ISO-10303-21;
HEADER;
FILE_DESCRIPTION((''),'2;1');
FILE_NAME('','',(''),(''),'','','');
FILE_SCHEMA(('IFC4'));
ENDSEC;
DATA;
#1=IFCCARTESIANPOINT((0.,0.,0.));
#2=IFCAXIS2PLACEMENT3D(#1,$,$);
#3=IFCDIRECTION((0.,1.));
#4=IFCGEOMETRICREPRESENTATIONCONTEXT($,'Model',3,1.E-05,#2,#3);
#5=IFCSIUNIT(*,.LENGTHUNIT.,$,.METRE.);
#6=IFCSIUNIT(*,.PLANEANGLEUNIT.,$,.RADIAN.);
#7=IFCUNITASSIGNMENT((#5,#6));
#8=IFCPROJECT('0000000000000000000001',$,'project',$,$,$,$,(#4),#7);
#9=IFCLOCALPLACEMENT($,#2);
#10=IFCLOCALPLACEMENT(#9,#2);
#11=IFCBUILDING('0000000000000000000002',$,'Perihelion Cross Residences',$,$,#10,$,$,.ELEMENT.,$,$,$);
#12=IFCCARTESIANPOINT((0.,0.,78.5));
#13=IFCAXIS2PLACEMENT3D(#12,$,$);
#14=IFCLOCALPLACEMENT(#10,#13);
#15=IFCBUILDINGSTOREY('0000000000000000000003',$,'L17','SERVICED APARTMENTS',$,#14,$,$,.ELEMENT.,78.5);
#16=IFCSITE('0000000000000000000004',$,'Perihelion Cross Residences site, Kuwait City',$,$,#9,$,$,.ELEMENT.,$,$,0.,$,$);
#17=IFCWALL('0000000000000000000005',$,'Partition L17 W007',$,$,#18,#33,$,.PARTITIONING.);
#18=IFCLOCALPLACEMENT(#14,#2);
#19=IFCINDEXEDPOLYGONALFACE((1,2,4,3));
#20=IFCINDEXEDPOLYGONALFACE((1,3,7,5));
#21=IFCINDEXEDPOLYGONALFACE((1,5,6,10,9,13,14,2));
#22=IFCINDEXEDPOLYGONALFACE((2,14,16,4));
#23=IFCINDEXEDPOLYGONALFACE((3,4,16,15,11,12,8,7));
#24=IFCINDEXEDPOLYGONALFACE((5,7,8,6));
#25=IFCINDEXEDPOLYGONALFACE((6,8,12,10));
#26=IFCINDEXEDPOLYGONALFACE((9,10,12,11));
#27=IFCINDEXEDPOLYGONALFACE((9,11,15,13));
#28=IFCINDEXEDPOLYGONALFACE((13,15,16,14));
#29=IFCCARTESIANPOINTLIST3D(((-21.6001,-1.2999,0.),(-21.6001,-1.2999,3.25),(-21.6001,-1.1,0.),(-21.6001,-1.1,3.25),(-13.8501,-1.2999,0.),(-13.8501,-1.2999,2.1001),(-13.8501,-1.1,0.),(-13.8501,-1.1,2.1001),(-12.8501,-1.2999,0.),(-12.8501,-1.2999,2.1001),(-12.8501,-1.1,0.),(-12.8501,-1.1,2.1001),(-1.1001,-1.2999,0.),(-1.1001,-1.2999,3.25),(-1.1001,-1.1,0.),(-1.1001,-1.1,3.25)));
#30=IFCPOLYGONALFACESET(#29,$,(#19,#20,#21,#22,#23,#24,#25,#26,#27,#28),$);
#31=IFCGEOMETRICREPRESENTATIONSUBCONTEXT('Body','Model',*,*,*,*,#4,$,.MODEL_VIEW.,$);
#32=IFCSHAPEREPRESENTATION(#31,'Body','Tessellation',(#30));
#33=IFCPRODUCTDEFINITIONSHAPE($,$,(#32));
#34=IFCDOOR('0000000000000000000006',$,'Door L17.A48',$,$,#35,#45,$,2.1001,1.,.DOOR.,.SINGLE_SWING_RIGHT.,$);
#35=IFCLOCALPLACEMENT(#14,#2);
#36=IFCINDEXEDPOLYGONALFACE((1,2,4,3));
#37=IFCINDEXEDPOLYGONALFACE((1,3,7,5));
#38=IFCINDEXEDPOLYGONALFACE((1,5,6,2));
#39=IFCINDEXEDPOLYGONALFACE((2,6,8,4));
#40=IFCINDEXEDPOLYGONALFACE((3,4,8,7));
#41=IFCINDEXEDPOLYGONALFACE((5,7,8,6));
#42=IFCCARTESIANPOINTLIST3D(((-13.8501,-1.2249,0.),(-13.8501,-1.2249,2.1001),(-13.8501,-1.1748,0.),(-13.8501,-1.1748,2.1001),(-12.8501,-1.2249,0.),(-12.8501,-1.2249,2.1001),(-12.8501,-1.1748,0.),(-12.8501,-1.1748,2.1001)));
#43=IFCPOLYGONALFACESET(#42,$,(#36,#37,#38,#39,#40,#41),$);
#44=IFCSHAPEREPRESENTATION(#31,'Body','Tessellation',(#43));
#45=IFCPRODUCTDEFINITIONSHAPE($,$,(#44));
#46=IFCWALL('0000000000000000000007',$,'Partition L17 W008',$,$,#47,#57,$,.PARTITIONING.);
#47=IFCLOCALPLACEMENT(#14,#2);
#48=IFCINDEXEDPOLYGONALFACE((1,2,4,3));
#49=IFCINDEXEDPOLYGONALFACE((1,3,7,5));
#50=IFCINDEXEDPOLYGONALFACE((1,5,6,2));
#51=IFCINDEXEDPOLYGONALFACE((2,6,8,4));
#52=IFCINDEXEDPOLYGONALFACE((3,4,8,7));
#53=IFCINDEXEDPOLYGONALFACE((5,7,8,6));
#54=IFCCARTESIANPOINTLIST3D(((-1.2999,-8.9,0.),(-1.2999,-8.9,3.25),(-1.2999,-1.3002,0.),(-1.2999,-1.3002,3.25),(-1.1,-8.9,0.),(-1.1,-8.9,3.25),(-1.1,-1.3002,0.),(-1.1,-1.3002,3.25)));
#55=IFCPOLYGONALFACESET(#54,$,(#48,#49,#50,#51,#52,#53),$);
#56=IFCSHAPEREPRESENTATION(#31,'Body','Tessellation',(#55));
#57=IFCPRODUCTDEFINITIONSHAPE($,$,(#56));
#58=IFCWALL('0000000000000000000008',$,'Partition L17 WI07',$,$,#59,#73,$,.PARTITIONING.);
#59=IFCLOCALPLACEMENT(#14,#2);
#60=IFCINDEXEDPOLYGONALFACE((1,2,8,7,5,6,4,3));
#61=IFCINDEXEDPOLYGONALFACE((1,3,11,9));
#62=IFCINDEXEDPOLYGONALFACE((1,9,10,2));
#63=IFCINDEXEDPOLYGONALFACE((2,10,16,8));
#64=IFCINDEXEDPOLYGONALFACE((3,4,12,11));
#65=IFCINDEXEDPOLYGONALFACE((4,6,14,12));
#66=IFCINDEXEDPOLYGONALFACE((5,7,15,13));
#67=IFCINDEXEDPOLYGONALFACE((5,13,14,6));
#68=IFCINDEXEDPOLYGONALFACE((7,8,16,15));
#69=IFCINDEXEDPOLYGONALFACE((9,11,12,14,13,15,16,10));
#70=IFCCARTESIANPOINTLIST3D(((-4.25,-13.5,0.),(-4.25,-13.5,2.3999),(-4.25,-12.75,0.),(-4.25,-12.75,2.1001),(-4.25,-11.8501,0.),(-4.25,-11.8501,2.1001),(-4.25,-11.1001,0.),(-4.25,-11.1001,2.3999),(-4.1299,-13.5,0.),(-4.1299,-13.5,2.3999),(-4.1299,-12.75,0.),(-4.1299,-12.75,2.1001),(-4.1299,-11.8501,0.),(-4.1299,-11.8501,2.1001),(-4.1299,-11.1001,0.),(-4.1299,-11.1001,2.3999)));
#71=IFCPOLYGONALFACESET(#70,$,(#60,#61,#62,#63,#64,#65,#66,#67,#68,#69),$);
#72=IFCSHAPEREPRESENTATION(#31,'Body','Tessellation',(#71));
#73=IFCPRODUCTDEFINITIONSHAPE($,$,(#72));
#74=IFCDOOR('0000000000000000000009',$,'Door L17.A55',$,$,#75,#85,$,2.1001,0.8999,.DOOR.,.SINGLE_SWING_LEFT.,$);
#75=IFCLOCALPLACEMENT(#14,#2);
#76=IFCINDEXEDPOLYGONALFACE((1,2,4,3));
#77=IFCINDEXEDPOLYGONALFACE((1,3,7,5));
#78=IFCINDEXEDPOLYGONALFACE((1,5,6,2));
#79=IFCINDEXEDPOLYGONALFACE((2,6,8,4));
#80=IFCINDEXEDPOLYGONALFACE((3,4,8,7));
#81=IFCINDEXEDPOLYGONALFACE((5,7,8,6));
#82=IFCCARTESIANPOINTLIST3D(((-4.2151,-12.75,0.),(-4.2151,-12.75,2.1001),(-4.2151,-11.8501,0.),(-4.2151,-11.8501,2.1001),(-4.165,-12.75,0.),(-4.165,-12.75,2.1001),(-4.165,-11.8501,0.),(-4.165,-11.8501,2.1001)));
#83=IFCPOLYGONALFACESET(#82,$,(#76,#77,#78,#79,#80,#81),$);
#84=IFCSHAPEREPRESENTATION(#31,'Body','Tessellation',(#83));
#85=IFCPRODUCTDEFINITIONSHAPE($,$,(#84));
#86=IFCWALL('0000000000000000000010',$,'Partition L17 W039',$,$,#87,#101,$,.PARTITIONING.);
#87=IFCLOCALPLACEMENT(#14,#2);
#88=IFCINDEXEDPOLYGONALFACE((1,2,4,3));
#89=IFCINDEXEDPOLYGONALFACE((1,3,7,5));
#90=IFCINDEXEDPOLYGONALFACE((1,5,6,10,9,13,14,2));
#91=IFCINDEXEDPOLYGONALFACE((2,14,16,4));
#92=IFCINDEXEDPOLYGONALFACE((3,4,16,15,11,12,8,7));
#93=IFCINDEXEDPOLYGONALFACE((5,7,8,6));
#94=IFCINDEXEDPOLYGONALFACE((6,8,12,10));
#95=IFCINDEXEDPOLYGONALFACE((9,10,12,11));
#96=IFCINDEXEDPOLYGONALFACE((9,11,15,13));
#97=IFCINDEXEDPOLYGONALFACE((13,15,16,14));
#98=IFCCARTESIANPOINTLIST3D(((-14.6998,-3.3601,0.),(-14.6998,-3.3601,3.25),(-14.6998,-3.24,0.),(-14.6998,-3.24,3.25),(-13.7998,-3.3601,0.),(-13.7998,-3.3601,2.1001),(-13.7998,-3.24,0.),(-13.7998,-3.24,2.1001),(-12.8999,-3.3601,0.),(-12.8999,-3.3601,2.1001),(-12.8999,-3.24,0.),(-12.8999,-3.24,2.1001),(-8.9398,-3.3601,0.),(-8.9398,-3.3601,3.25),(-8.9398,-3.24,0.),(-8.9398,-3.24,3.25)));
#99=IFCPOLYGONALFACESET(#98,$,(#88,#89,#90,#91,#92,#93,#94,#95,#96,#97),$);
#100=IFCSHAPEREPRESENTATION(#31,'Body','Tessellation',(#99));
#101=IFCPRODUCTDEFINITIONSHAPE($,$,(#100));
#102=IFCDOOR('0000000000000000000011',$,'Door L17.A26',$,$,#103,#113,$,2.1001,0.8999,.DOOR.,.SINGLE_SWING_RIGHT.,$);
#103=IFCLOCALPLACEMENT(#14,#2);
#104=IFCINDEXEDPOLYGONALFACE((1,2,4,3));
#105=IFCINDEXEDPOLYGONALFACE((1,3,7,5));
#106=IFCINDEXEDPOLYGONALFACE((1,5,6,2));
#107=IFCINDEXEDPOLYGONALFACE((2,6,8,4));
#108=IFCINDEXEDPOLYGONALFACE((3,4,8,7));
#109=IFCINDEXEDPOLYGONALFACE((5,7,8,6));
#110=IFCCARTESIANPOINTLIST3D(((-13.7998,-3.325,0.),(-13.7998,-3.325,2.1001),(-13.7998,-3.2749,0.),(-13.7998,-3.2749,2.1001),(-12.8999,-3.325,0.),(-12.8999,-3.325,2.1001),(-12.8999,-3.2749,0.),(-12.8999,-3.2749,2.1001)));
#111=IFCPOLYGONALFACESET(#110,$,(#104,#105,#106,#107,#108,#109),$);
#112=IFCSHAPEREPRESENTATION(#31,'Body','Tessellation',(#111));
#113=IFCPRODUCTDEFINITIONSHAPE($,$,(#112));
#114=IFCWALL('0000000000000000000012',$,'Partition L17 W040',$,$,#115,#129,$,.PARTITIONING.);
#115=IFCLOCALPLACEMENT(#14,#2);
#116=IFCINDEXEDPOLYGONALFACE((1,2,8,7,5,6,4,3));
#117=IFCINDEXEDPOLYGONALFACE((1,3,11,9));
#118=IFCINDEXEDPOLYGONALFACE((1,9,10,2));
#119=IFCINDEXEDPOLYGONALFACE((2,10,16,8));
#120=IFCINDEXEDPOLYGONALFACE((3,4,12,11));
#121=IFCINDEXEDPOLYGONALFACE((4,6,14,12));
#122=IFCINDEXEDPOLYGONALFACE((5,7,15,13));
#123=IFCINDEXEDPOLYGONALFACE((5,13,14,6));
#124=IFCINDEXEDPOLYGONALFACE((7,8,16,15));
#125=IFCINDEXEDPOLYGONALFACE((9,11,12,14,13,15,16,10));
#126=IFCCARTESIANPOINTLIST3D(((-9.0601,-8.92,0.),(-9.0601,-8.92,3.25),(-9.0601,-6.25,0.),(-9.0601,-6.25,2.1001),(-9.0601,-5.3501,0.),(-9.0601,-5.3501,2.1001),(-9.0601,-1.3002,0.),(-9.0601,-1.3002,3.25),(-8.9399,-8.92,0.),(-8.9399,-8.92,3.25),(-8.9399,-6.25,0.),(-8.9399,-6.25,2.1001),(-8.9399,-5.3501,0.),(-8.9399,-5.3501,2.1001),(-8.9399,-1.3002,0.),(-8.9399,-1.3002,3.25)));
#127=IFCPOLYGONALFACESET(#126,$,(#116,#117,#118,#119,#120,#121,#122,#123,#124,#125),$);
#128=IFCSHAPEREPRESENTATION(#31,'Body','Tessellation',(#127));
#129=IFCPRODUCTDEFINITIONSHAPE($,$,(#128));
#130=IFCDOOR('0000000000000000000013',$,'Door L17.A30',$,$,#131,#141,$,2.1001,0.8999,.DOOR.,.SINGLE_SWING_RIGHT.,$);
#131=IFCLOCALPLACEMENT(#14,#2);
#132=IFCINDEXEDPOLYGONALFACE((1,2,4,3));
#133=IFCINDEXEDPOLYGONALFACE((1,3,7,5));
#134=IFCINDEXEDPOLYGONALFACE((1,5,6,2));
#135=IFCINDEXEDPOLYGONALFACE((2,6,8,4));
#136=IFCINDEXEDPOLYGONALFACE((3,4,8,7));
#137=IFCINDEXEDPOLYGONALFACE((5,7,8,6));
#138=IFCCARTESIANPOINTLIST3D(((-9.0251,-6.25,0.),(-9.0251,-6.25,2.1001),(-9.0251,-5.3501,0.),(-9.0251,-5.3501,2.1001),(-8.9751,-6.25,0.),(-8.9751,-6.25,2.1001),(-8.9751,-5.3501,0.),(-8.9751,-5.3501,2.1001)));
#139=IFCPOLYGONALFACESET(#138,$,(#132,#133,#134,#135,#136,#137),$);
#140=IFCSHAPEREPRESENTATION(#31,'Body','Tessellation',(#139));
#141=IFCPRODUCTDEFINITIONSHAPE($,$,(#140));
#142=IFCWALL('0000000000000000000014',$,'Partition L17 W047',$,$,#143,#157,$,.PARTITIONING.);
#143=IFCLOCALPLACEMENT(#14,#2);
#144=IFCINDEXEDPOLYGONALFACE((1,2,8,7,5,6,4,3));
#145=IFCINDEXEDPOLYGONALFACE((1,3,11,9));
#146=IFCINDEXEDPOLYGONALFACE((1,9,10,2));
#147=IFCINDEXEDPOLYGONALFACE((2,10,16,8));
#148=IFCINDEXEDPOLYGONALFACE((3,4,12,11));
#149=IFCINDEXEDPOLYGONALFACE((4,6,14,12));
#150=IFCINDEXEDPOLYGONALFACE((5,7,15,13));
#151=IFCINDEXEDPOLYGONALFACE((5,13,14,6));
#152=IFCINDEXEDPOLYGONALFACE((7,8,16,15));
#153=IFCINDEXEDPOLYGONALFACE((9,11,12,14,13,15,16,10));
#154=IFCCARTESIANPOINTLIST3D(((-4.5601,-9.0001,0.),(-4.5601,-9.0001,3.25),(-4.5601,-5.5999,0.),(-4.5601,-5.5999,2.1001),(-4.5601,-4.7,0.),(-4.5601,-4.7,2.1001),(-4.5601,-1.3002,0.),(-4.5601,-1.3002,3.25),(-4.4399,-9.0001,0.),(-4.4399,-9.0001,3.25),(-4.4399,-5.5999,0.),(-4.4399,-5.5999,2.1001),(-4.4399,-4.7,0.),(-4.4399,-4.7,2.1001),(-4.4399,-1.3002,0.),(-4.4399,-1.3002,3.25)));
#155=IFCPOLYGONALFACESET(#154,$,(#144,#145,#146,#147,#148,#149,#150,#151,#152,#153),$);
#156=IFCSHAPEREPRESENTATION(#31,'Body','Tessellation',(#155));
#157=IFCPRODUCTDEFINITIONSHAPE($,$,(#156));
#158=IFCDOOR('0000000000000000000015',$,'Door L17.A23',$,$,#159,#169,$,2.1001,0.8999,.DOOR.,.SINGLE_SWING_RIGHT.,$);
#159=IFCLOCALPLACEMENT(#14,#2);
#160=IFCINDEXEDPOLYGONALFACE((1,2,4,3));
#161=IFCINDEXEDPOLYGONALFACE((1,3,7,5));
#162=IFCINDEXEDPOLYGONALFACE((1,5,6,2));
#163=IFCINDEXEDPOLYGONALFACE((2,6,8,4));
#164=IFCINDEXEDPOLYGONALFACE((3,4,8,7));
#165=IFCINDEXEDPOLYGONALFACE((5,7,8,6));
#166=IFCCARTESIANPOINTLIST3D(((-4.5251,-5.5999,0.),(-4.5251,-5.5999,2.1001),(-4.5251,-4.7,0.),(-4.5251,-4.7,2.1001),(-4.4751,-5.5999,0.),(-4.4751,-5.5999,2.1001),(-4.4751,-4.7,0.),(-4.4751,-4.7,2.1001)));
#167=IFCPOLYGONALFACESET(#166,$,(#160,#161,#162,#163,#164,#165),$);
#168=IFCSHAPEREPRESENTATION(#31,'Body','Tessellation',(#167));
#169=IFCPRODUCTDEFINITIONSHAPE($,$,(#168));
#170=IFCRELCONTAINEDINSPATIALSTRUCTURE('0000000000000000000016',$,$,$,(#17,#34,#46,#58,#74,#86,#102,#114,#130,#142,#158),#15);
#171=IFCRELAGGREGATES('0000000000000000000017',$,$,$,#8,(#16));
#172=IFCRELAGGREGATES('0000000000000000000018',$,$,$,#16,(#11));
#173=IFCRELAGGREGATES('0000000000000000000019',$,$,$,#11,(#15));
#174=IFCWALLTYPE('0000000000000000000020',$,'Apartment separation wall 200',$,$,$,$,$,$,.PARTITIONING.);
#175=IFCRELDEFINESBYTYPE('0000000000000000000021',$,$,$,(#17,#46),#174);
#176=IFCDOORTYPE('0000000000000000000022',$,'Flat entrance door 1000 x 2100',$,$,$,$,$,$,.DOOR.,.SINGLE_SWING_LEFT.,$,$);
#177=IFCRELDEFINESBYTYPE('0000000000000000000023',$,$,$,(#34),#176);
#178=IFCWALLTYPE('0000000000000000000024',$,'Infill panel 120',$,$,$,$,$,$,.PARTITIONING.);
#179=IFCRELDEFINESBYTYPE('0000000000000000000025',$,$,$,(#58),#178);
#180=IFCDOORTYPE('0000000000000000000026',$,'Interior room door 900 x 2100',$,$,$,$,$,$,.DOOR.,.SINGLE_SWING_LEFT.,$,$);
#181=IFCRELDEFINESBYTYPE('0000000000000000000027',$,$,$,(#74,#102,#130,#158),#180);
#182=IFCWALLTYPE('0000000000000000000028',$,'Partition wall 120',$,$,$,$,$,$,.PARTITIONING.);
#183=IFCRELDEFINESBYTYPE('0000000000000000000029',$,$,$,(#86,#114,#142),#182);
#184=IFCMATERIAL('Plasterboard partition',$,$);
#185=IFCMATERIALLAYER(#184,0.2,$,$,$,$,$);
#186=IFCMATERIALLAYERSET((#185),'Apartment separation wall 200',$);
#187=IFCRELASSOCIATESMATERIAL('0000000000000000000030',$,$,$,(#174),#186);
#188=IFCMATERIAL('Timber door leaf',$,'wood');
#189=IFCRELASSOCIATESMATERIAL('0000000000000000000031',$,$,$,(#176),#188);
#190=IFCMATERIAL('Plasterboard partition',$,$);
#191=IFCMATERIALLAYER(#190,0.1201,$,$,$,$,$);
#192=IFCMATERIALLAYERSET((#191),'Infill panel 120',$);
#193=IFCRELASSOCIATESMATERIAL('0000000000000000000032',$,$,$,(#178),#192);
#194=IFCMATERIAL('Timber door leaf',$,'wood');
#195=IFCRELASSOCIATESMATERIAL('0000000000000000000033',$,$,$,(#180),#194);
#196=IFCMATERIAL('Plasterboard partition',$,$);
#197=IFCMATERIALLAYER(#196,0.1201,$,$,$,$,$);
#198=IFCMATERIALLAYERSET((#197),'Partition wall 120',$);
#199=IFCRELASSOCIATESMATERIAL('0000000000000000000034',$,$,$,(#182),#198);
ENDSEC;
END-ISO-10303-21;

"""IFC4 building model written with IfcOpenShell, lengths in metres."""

from ifc_helpers import new_model, si_unit, direction, frame, frame_2d, origin, place, context, subcontext, project, spatial, rectangle, extrude, material, layer, layer_set, type_object, element, fill, save


model = new_model("IFC4")

# Units and contexts
model_context = context("Model", 3, precision=1e-05, world=origin(), true_north=direction((0.0, 1.0)))
body_context = subcontext(model_context, "Body", "Model", "MODEL_VIEW")
ifc_project = project(units=[si_unit("LENGTHUNIT", "METRE"), si_unit("PLANEANGLEUNIT", "RADIAN")], contexts=[model_context])

# Site, building, storey
site_placement = place(None, origin())
site = spatial("IfcSite", under=ifc_project, at=site_placement, Name="Perihelion Cross Residences site, Kuwait City", CompositionType="ELEMENT", RefElevation=0.0)
building_placement = place(site_placement, origin())
building = spatial("IfcBuilding", under=site, at=building_placement, Name="Perihelion Cross Residences", CompositionType="ELEMENT")
storey_placement = place(building_placement, frame((0.0, 0.0, 78.5)))
storey = spatial("IfcBuildingStorey", under=building, at=storey_placement, Name="L17", Description="SERVICED APARTMENTS", CompositionType="ELEMENT", Elevation=78.5)

# Wall, opening, door
ifc_material_1 = material(Name="Plasterboard partition")
ifc_layer_1 = layer(ifc_material_1, 0.2)
ifc_layer_set_1 = layer_set([ifc_layer_1], Name="Apartment separation wall 200")
wall_type_1 = type_object("IfcWallType", Name="Apartment separation wall 200", PredefinedType="PARTITIONING", material=ifc_layer_set_1)
wall_1_placement = place(storey_placement, frame((-1.1001, -1.2, 0.0), z_axis=(0.0, 0.0, 1.0), x_axis=(-1.0, 0.0, 0.0)))
wall_1 = element("IfcWall", 1, at=wall_1_placement, inside=storey, type_object=wall_type_1, Name="Partition L17 W007", PredefinedType="PARTITIONING", context=body_context, shape_type="SweptSolid", body=[
    extrude(rectangle(XDim=20.5, YDim=0.2, at=frame_2d((10.25, 0.0))), origin(), (0.0, 0.0, 1.0), 3.25),
])
opening_1_placement = place(wall_1_placement, frame((11.75, 0.0, 0.0)))
opening_1 = element("IfcOpeningElement", 2, at=opening_1_placement, cuts=wall_1, PredefinedType="OPENING", context=body_context, shape_type="SweptSolid", body=[
    extrude(rectangle(XDim=1.0, YDim=2.1001, at=frame_2d((0.5, 1.05))), frame((0.0, 0.1099, 0.0), z_axis=(0.0, -1.0, 0.0), x_axis=(1.0, 0.0, 0.0)), (0.0, 0.0, 1.0), 0.22),
])
ifc_material_2 = material(Name="Timber door leaf", Category="wood")
door_type_1 = type_object("IfcDoorType", Name="Flat entrance door 1000 x 2100", OperationType="SINGLE_SWING_LEFT", PredefinedType="DOOR", material=ifc_material_2)
door_1_placement = place(opening_1_placement, origin())
door_1 = element("IfcDoor", 3, at=door_1_placement, inside=storey, type_object=door_type_1, Name="Door L17.A48", OperationType="SINGLE_SWING_RIGHT", OverallHeight=2.1001, OverallWidth=1.0, PredefinedType="DOOR", context=body_context, shape_type="SweptSolid", body=[
    extrude(rectangle(XDim=1.0, YDim=2.1001, at=frame_2d((0.5, 1.05))), frame((0.0, 0.0249, 0.0), z_axis=(0.0, -1.0, 0.0), x_axis=(1.0, 0.0, 0.0)), (0.0, 0.0, 1.0), 0.05),
])
fill(opening_1, door_1)

# Wall
wall_2_placement = place(storey_placement, frame((-1.2, -8.8999, 0.0), z_axis=(0.0, 0.0, 1.0), x_axis=(0.0, 1.0, 0.0)))
element("IfcWall", 4, at=wall_2_placement, inside=storey, type_object=wall_type_1, Name="Partition L17 W008", PredefinedType="PARTITIONING", context=body_context, shape_type="SweptSolid", body=[
    extrude(rectangle(XDim=7.5999, YDim=0.2, at=frame_2d((3.7998, 0.0))), origin(), (0.0, 0.0, 1.0), 3.25),
])

# Walls, openings, doors
ifc_material_3 = material(Name="Plasterboard partition")
ifc_layer_2 = layer(ifc_material_3, 0.1201)
ifc_layer_set_2 = layer_set([ifc_layer_2], Name="Infill panel 120")
wall_type_2 = type_object("IfcWallType", Name="Infill panel 120", PredefinedType="PARTITIONING", material=ifc_layer_set_2)
wall_3_placement = place(storey_placement, frame((-4.1899, -11.1001, 0.0), z_axis=(0.0, 0.0, 1.0), x_axis=(0.0, -1.0, 0.0)))
wall_3 = element("IfcWall", 5, at=wall_3_placement, inside=storey, type_object=wall_type_2, Name="Partition L17 WI07", PredefinedType="PARTITIONING", context=body_context, shape_type="SweptSolid", body=[
    extrude(rectangle(XDim=2.3999, YDim=0.1201, at=frame_2d((1.2, 0.0))), origin(), (0.0, 0.0, 1.0), 2.3999),
])
opening_2_placement = place(wall_3_placement, frame((0.75, 0.0, 0.0)))
opening_2 = element("IfcOpeningElement", 6, at=opening_2_placement, cuts=wall_3, PredefinedType="OPENING", context=body_context, shape_type="SweptSolid", body=[
    extrude(rectangle(XDim=0.8999, YDim=2.1001, at=frame_2d((0.45, 1.05))), frame((0.0, 0.0701, 0.0), z_axis=(0.0, -1.0, 0.0), x_axis=(1.0, 0.0, 0.0)), (0.0, 0.0, 1.0), 0.1401),
])
ifc_material_4 = material(Name="Timber door leaf", Category="wood")
door_type_2 = type_object("IfcDoorType", Name="Interior room door 900 x 2100", OperationType="SINGLE_SWING_LEFT", PredefinedType="DOOR", material=ifc_material_4)
door_2_placement = place(opening_2_placement, origin())
door_2 = element("IfcDoor", 7, at=door_2_placement, inside=storey, type_object=door_type_2, Name="Door L17.A55", OperationType="SINGLE_SWING_LEFT", OverallHeight=2.1001, OverallWidth=0.8999, PredefinedType="DOOR", context=body_context, shape_type="SweptSolid", body=[
    extrude(rectangle(XDim=0.8999, YDim=2.1001, at=frame_2d((0.45, 1.05))), frame((0.0, 0.0249, 0.0), z_axis=(0.0, -1.0, 0.0), x_axis=(1.0, 0.0, 0.0)), (0.0, 0.0, 1.0), 0.05),
])
fill(opening_2, door_2)
ifc_material_5 = material(Name="Plasterboard partition")
ifc_layer_3 = layer(ifc_material_5, 0.1201)
ifc_layer_set_3 = layer_set([ifc_layer_3], Name="Partition wall 120")
wall_type_3 = type_object("IfcWallType", Name="Partition wall 120", PredefinedType="PARTITIONING", material=ifc_layer_set_3)
wall_4_placement = place(storey_placement, frame((-8.9399, -3.3, 0.0), z_axis=(0.0, 0.0, 1.0), x_axis=(-1.0, 0.0, 0.0)))
wall_4 = element("IfcWall", 8, at=wall_4_placement, inside=storey, type_object=wall_type_3, Name="Partition L17 W039", PredefinedType="PARTITIONING", context=body_context, shape_type="SweptSolid", body=[
    extrude(rectangle(XDim=5.76, YDim=0.1201, at=frame_2d((2.8799, 0.0))), origin(), (0.0, 0.0, 1.0), 3.25),
])
opening_3_placement = place(wall_4_placement, frame((3.96, 0.0, 0.0)))
opening_3 = element("IfcOpeningElement", 9, at=opening_3_placement, cuts=wall_4, PredefinedType="OPENING", context=body_context, shape_type="SweptSolid", body=[
    extrude(rectangle(XDim=0.8999, YDim=2.1001, at=frame_2d((0.45, 1.05))), frame((0.0, 0.0701, 0.0), z_axis=(0.0, -1.0, 0.0), x_axis=(1.0, 0.0, 0.0)), (0.0, 0.0, 1.0), 0.1401),
])
door_3_placement = place(opening_3_placement, origin())
door_3 = element("IfcDoor", 10, at=door_3_placement, inside=storey, type_object=door_type_2, Name="Door L17.A26", OperationType="SINGLE_SWING_RIGHT", OverallHeight=2.1001, OverallWidth=0.8999, PredefinedType="DOOR", context=body_context, shape_type="SweptSolid", body=[
    extrude(rectangle(XDim=0.8999, YDim=2.1001, at=frame_2d((0.45, 1.05))), frame((0.0, 0.0249, 0.0), z_axis=(0.0, -1.0, 0.0), x_axis=(1.0, 0.0, 0.0)), (0.0, 0.0, 1.0), 0.05),
])
fill(opening_3, door_3)
wall_5_placement = place(storey_placement, frame((-9.0, -1.3, 0.0), z_axis=(0.0, 0.0, 1.0), x_axis=(0.0, -1.0, 0.0)))
wall_5 = element("IfcWall", 11, at=wall_5_placement, inside=storey, type_object=wall_type_3, Name="Partition L17 W040", PredefinedType="PARTITIONING", context=body_context, shape_type="SweptSolid", body=[
    extrude(rectangle(XDim=7.6199, YDim=0.1201, at=frame_2d((3.8101, 0.0))), origin(), (0.0, 0.0, 1.0), 3.25),
])
opening_4_placement = place(wall_5_placement, frame((4.05, 0.0, 0.0)))
opening_4 = element("IfcOpeningElement", 12, at=opening_4_placement, cuts=wall_5, PredefinedType="OPENING", context=body_context, shape_type="SweptSolid", body=[
    extrude(rectangle(XDim=0.8999, YDim=2.1001, at=frame_2d((0.45, 1.05))), frame((0.0, 0.0701, 0.0), z_axis=(0.0, -1.0, 0.0), x_axis=(1.0, 0.0, 0.0)), (0.0, 0.0, 1.0), 0.1401),
])
door_4_placement = place(opening_4_placement, origin())
door_4 = element("IfcDoor", 13, at=door_4_placement, inside=storey, type_object=door_type_2, Name="Door L17.A30", OperationType="SINGLE_SWING_RIGHT", OverallHeight=2.1001, OverallWidth=0.8999, PredefinedType="DOOR", context=body_context, shape_type="SweptSolid", body=[
    extrude(rectangle(XDim=0.8999, YDim=2.1001, at=frame_2d((0.45, 1.05))), frame((0.0, 0.0249, 0.0), z_axis=(0.0, -1.0, 0.0), x_axis=(1.0, 0.0, 0.0)), (0.0, 0.0, 1.0), 0.05),
])
fill(opening_4, door_4)
wall_6_placement = place(storey_placement, frame((-4.5, -1.3, 0.0), z_axis=(0.0, 0.0, 1.0), x_axis=(0.0, -1.0, 0.0)))
wall_6 = element("IfcWall", 14, at=wall_6_placement, inside=storey, type_object=wall_type_3, Name="Partition L17 W047", PredefinedType="PARTITIONING", context=body_context, shape_type="SweptSolid", body=[
    extrude(rectangle(XDim=7.7, YDim=0.1201, at=frame_2d((3.8501, 0.0))), origin(), (0.0, 0.0, 1.0), 3.25),
])
opening_5_placement = place(wall_6_placement, frame((3.3999, 0.0, 0.0)))
opening_5 = element("IfcOpeningElement", 15, at=opening_5_placement, cuts=wall_6, PredefinedType="OPENING", context=body_context, shape_type="SweptSolid", body=[
    extrude(rectangle(XDim=0.8999, YDim=2.1001, at=frame_2d((0.45, 1.05))), frame((0.0, 0.0701, 0.0), z_axis=(0.0, -1.0, 0.0), x_axis=(1.0, 0.0, 0.0)), (0.0, 0.0, 1.0), 0.1401),
])
door_5_placement = place(opening_5_placement, origin())
door_5 = element("IfcDoor", 16, at=door_5_placement, inside=storey, type_object=door_type_2, Name="Door L17.A23", OperationType="SINGLE_SWING_RIGHT", OverallHeight=2.1001, OverallWidth=0.8999, PredefinedType="DOOR", context=body_context, shape_type="SweptSolid", body=[
    extrude(rectangle(XDim=0.8999, YDim=2.1001, at=frame_2d((0.45, 1.05))), frame((0.0, 0.0249, 0.0), z_axis=(0.0, -1.0, 0.0), x_axis=(1.0, 0.0, 0.0)), (0.0, 0.0, 1.0), 0.05),
])
fill(opening_5, door_5)

save(model, "model.ifc")
